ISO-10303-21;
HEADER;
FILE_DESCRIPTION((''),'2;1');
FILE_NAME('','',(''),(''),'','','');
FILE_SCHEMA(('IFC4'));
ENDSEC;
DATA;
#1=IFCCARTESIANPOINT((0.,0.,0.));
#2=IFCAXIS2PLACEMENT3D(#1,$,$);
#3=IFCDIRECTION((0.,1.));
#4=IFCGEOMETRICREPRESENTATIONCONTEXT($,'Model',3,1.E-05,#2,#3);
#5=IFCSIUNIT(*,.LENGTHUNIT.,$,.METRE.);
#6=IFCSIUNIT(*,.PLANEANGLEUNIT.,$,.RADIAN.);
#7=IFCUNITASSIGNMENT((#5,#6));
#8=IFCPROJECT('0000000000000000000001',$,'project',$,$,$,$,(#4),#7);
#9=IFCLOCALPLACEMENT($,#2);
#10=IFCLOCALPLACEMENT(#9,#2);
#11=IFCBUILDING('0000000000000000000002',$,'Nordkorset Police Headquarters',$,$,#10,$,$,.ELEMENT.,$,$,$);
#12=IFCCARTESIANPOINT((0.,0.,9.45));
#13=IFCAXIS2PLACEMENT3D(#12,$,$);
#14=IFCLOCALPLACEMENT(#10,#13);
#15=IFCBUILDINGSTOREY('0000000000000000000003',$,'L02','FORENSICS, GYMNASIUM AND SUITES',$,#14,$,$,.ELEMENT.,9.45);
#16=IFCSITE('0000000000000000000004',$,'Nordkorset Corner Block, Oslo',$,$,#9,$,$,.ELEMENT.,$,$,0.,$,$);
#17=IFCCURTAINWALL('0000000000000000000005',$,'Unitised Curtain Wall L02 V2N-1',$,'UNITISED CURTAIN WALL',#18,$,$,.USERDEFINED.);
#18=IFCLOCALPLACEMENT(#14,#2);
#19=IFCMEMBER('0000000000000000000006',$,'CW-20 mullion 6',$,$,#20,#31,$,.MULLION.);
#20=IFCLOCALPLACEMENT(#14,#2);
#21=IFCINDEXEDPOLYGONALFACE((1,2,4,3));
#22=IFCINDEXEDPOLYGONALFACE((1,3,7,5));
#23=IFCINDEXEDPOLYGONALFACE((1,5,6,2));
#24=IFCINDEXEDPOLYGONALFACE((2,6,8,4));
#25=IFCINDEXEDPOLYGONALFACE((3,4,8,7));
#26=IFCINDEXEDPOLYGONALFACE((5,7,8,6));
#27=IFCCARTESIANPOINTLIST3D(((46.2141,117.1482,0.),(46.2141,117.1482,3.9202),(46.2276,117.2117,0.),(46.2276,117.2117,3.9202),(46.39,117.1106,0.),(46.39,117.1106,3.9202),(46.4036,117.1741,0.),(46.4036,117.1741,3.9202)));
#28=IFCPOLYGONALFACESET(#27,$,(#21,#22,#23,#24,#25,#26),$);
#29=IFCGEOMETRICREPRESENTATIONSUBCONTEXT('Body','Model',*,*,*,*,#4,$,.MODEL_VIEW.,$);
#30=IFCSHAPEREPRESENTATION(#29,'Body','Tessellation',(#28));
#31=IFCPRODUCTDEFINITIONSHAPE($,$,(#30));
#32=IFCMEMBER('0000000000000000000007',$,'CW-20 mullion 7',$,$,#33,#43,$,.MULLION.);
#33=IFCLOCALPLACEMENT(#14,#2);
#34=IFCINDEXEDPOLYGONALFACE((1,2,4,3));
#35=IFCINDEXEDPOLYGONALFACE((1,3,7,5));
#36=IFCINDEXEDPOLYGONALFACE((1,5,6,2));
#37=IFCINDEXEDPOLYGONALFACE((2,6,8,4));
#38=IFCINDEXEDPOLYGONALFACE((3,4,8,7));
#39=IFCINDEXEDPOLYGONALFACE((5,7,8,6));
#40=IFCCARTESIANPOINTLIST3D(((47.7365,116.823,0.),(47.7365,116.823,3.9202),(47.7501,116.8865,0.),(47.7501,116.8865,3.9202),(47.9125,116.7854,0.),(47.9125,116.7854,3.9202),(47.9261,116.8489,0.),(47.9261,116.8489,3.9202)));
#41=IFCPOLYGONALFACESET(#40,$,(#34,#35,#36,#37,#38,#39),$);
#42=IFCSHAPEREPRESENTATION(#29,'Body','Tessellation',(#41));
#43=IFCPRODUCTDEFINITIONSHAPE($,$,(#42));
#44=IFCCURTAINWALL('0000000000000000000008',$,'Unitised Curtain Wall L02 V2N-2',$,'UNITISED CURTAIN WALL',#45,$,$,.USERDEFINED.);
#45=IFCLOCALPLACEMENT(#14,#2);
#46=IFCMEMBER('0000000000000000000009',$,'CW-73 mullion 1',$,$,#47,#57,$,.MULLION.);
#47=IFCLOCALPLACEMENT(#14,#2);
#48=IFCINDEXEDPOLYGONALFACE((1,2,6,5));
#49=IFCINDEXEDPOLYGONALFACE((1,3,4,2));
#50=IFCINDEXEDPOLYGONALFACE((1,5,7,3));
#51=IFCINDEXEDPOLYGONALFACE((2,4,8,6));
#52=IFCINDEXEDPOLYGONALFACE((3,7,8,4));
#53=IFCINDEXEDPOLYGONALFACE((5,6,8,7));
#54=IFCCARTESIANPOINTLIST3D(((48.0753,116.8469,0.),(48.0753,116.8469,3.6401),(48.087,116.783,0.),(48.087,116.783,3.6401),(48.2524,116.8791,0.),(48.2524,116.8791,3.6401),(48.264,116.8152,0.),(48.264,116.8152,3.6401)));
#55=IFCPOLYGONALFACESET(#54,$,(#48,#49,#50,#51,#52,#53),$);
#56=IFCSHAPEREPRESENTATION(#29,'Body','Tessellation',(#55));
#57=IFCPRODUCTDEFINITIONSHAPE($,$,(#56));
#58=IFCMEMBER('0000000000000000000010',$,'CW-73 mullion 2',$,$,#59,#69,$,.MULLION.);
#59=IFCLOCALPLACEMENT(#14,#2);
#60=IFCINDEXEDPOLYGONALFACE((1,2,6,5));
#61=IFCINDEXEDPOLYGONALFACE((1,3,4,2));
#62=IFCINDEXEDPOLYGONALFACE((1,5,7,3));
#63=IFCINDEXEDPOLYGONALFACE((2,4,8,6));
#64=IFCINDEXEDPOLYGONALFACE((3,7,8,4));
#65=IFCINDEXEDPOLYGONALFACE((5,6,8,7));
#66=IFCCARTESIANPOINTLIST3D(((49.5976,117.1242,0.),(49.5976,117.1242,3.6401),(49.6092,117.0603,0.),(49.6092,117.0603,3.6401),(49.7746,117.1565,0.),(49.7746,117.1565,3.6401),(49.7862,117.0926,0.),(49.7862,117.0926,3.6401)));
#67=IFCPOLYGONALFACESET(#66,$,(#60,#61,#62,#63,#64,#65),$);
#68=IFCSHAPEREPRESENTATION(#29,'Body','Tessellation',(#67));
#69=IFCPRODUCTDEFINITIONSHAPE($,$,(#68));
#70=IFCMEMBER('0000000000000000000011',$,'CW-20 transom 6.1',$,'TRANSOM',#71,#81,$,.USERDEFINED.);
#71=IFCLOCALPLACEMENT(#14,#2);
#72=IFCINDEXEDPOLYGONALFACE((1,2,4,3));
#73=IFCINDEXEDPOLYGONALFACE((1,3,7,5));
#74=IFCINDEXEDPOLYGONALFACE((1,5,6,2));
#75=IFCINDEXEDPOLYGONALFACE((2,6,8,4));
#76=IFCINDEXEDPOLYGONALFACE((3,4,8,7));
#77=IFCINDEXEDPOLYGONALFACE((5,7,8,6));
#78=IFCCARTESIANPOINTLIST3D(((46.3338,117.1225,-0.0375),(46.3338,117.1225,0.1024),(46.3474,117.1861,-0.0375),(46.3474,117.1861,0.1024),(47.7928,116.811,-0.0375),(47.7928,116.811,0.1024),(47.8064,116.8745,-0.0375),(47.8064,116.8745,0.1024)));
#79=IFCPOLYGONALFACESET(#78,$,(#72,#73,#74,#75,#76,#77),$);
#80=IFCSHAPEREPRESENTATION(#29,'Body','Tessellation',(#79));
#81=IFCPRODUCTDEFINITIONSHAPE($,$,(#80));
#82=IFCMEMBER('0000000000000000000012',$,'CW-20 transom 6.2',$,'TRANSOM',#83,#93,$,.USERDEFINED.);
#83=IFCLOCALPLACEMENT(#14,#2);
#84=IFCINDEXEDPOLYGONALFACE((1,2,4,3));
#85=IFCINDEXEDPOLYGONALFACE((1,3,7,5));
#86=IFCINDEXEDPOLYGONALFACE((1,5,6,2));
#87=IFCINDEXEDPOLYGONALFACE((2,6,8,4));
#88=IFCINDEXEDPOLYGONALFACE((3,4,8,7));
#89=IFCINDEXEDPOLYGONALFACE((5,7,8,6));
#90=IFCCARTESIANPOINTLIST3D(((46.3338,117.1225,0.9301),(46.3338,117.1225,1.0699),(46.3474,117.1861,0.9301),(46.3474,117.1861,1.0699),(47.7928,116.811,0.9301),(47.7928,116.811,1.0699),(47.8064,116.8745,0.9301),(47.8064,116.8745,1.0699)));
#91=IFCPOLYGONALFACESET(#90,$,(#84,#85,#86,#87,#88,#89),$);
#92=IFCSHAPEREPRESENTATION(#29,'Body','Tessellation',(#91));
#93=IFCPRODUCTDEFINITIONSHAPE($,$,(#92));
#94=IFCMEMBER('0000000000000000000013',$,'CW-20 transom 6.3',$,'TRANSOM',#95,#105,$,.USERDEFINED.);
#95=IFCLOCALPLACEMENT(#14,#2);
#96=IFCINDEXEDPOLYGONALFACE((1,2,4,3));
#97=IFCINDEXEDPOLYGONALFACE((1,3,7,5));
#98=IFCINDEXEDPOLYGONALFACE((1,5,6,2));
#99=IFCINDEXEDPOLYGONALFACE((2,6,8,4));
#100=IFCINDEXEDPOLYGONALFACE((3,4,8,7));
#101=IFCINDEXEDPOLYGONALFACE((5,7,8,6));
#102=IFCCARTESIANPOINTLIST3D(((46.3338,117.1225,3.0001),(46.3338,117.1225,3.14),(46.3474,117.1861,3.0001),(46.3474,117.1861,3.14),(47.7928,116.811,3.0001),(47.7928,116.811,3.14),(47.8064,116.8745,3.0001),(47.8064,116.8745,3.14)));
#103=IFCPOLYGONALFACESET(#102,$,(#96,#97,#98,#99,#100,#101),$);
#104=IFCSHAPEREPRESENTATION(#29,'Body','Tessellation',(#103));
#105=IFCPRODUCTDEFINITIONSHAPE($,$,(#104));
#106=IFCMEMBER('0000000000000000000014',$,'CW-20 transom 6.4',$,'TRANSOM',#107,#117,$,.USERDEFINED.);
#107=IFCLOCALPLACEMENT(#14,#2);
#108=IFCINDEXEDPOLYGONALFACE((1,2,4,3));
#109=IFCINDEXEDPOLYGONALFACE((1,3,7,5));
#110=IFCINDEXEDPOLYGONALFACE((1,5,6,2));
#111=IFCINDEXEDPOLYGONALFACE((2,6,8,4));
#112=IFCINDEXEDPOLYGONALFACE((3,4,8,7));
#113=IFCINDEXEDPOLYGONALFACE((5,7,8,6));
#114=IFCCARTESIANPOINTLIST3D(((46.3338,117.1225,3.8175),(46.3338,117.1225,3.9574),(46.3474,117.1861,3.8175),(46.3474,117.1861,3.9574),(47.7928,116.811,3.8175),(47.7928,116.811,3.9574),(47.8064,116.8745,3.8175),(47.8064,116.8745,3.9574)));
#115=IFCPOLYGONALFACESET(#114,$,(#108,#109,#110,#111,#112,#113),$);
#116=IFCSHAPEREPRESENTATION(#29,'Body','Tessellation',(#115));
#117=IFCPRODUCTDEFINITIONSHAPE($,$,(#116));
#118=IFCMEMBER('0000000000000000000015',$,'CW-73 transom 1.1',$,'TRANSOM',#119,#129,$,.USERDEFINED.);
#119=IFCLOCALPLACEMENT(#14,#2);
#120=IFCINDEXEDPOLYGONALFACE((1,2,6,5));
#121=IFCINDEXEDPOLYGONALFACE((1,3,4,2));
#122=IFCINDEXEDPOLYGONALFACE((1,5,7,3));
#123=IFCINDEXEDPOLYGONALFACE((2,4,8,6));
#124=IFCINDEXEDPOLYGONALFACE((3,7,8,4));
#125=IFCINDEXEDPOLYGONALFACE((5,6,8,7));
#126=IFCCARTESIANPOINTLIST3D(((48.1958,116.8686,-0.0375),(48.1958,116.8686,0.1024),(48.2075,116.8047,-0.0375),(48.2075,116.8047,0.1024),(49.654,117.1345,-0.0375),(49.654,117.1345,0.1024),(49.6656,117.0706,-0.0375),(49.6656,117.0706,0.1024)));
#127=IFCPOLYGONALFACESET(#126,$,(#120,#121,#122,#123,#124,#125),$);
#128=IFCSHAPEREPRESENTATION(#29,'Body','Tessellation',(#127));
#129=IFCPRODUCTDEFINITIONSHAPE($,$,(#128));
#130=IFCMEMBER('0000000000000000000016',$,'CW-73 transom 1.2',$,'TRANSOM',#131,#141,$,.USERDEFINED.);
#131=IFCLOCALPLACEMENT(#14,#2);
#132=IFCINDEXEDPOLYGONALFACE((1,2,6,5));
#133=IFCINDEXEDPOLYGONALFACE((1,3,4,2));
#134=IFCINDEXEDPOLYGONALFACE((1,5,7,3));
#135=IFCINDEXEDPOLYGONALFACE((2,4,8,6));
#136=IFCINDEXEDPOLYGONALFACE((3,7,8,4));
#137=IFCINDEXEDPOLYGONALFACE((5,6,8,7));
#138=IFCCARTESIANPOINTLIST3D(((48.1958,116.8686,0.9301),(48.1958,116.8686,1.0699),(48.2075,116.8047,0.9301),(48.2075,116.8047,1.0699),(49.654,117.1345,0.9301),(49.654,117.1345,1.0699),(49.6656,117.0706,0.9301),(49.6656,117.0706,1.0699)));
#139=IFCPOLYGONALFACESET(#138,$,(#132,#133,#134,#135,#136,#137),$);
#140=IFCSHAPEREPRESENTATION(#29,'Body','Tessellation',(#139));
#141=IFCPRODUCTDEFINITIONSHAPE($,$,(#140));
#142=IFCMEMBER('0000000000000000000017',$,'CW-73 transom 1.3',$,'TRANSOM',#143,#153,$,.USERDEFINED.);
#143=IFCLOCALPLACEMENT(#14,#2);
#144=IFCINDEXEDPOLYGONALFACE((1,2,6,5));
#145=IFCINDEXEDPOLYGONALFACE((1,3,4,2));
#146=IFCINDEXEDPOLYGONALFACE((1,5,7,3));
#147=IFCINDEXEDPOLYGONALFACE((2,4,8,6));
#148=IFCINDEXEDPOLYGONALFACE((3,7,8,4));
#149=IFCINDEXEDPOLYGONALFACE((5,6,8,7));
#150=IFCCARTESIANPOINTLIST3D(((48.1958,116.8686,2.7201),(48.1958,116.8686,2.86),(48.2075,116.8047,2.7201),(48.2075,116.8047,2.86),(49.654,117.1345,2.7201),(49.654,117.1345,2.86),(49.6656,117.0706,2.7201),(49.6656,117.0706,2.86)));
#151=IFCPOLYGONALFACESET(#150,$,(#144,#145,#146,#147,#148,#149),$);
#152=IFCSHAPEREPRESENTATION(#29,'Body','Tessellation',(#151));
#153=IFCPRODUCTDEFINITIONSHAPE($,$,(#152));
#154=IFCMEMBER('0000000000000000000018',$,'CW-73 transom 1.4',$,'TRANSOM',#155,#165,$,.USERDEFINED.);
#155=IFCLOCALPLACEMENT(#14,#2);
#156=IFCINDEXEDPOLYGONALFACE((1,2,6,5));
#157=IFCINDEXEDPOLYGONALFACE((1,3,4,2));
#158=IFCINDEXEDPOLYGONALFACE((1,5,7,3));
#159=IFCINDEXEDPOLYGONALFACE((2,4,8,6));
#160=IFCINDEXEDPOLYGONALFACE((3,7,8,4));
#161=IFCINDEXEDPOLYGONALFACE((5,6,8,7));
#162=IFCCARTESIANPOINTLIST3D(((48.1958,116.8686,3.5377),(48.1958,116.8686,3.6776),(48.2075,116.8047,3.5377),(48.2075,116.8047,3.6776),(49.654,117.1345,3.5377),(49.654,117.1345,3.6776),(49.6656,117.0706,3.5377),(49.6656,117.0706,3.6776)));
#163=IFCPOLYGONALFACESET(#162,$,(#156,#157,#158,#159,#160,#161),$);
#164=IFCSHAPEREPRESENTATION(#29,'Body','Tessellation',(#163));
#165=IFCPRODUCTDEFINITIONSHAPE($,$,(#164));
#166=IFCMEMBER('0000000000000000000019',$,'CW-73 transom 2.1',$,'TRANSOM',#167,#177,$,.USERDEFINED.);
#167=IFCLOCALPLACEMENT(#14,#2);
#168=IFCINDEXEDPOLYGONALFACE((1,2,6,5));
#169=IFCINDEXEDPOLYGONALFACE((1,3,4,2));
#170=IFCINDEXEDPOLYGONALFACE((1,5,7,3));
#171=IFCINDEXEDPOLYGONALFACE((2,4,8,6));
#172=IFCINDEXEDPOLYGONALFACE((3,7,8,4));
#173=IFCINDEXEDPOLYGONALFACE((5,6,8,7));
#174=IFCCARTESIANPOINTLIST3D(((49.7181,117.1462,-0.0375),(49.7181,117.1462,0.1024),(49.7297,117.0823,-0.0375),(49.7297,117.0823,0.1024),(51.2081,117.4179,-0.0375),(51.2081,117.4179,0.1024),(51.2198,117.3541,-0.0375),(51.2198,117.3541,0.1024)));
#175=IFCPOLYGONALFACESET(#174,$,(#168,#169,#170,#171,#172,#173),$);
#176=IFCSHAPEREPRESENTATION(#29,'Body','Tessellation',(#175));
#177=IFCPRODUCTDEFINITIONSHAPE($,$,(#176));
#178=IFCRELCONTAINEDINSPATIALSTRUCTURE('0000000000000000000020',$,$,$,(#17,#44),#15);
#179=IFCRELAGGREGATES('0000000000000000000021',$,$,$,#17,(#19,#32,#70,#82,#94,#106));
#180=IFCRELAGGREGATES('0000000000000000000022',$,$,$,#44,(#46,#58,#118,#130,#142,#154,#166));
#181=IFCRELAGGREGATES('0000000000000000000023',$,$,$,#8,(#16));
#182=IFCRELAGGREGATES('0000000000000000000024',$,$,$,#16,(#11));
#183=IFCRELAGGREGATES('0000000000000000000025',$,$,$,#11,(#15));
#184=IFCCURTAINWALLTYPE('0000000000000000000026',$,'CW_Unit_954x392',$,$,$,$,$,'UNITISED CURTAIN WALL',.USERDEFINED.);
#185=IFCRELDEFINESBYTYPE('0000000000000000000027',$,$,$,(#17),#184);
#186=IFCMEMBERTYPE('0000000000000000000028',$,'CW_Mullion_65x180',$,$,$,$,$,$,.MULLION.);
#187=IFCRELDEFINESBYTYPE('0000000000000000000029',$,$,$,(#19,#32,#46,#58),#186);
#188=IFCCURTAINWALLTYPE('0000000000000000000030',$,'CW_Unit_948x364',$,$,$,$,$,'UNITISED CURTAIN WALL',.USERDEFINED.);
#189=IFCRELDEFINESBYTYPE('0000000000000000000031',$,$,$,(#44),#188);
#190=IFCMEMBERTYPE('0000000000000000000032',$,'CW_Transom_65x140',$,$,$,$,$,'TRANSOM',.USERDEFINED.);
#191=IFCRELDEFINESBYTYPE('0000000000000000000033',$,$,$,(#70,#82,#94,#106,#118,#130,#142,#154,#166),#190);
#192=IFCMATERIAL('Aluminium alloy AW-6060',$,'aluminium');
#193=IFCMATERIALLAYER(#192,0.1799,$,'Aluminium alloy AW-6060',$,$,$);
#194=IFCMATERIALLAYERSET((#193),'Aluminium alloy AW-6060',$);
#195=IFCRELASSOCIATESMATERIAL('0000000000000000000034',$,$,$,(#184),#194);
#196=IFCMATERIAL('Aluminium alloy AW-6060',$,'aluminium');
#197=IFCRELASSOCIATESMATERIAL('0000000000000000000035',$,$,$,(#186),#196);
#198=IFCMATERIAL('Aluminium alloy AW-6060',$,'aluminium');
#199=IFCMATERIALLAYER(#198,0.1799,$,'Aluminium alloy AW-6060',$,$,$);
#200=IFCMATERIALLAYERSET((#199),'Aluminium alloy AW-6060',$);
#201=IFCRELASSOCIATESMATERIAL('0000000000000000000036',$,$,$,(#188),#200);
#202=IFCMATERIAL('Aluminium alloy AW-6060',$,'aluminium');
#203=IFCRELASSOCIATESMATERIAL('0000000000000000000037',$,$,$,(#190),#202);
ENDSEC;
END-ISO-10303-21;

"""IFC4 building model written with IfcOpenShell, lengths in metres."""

from ifc_helpers import new_model, si_unit, direction, frame, origin, origin_2d, place, context, subcontext, project, spatial, rectangle, extrude, material, layer, layer_set, material_profile, profile_set, type_object, element, aggregate, save


model = new_model("IFC4")

# Units and contexts
model_context = context("Model", 3, precision=1e-05, world=origin(), true_north=direction((0.0, 1.0)))
body_context = subcontext(model_context, "Body", "Model", "MODEL_VIEW")
ifc_project = project(units=[si_unit("LENGTHUNIT", "METRE"), si_unit("PLANEANGLEUNIT", "RADIAN")], contexts=[model_context])

# Site, building, storey
site_placement = place(None, origin())
site = spatial("IfcSite", under=ifc_project, at=site_placement, Name="Nordkorset Corner Block, Oslo", CompositionType="ELEMENT", RefElevation=0.0)
building_placement = place(site_placement, origin())
building = spatial("IfcBuilding", under=site, at=building_placement, Name="Nordkorset Police Headquarters", CompositionType="ELEMENT")
storey_placement = place(building_placement, frame((0.0, 0.0, 9.45)))
storey = spatial("IfcBuildingStorey", under=building, at=storey_placement, Name="L02", Description="FORENSICS, GYMNASIUM AND SUITES", CompositionType="ELEMENT", Elevation=9.45)

# Curtain walls, members
ifc_material_1 = material(Name="Aluminium alloy AW-6060", Category="aluminium")
ifc_layer_1 = layer(ifc_material_1, 0.1799, Name="Aluminium alloy AW-6060")
ifc_layer_set_1 = layer_set([ifc_layer_1], Name="Aluminium alloy AW-6060")
curtain_wall_type_1 = type_object("IfcCurtainWallType", Name="CW_Unit_954x392", ElementType="UNITISED CURTAIN WALL", PredefinedType="USERDEFINED", material=ifc_layer_set_1)
curtain_wall_1_placement = place(storey_placement, origin())
curtain_wall_1 = element("IfcCurtainWall", 1, at=curtain_wall_1_placement, inside=storey, type_object=curtain_wall_type_1, Name="Unitised Curtain Wall L02 V2N-1", ObjectType="UNITISED CURTAIN WALL", PredefinedType="USERDEFINED")
ifc_material_2 = material(Name="Aluminium alloy AW-6060", Category="aluminium")
ifc_material_profile_1 = material_profile(ifc_material_2, rectangle(XDim=0.0649, YDim=0.1799, at=origin_2d()), Name="ALU MULL 65x180")
ifc_profile_set_1 = profile_set([ifc_material_profile_1], Name="Aluminium alloy AW-6060")
member_type_1 = type_object("IfcMemberType", Name="CW_Mullion_65x180", PredefinedType="MULLION", material=ifc_profile_set_1)
member_1_placement = place(storey_placement, frame((46.3088, 117.1611, 0.0), z_axis=(0.0, 0.0, 1.0), x_axis=(0.208833, 0.977951, 0.0)))
member_1 = element("IfcMember", 2, at=member_1_placement, type_object=member_type_1, Name="CW-20 mullion 6", PredefinedType="MULLION", context=body_context, shape_type="SweptSolid", body=[
    extrude(rectangle(XDim=0.0649, YDim=0.1799, at=origin_2d()), origin(), (0.0, 0.0, 1.0), 3.9202),
])
member_2_placement = place(storey_placement, frame((47.8313, 116.8359, 0.0), z_axis=(0.0, 0.0, 1.0), x_axis=(0.208833, 0.977951, 0.0)))
member_2 = element("IfcMember", 3, at=member_2_placement, type_object=member_type_1, Name="CW-20 mullion 7", PredefinedType="MULLION", context=body_context, shape_type="SweptSolid", body=[
    extrude(rectangle(XDim=0.0649, YDim=0.1799, at=origin_2d()), origin(), (0.0, 0.0, 1.0), 3.9202),
])
ifc_material_3 = material(Name="Aluminium alloy AW-6060", Category="aluminium")
ifc_layer_2 = layer(ifc_material_3, 0.1799, Name="Aluminium alloy AW-6060")
ifc_layer_set_2 = layer_set([ifc_layer_2], Name="Aluminium alloy AW-6060")
curtain_wall_type_2 = type_object("IfcCurtainWallType", Name="CW_Unit_948x364", ElementType="UNITISED CURTAIN WALL", PredefinedType="USERDEFINED", material=ifc_layer_set_2)
curtain_wall_2_placement = place(storey_placement, origin())
curtain_wall_2 = element("IfcCurtainWall", 4, at=curtain_wall_2_placement, inside=storey, type_object=curtain_wall_type_2, Name="Unitised Curtain Wall L02 V2N-2", ObjectType="UNITISED CURTAIN WALL", PredefinedType="USERDEFINED")
member_3_placement = place(storey_placement, frame((48.1697, 116.8311, 0.0), z_axis=(0.0, 0.0, 1.0), x_axis=(-0.179336, 0.983788, 0.0)))
member_3 = element("IfcMember", 5, at=member_3_placement, type_object=member_type_1, Name="CW-73 mullion 1", PredefinedType="MULLION", context=body_context, shape_type="SweptSolid", body=[
    extrude(rectangle(XDim=0.0649, YDim=0.1799, at=origin_2d()), origin(), (0.0, 0.0, 1.0), 3.6401),
])
member_4_placement = place(storey_placement, frame((49.6919, 117.1084, 0.0), z_axis=(0.0, 0.0, 1.0), x_axis=(-0.179336, 0.983788, 0.0)))
member_4 = element("IfcMember", 6, at=member_4_placement, type_object=member_type_1, Name="CW-73 mullion 2", PredefinedType="MULLION", context=body_context, shape_type="SweptSolid", body=[
    extrude(rectangle(XDim=0.0649, YDim=0.1799, at=origin_2d()), origin(), (0.0, 0.0, 1.0), 3.6401),
])

# Members
ifc_material_4 = material(Name="Aluminium alloy AW-6060", Category="aluminium")
ifc_material_profile_2 = material_profile(ifc_material_4, rectangle(XDim=0.0649, YDim=0.1399, at=origin_2d()), Name="ALU TRAN 65x140")
ifc_profile_set_2 = profile_set([ifc_material_profile_2], Name="Aluminium alloy AW-6060")
member_type_2 = type_object("IfcMemberType", Name="CW_Transom_65x140", ElementType="TRANSOM", PredefinedType="USERDEFINED", material=ifc_profile_set_2)
member_5_placement = place(storey_placement, frame((46.3406, 117.1543, 0.0325), z_axis=(0.977955, -0.208814, 0.0), x_axis=(0.208814, 0.977955, 0.0)))
member_5 = element("IfcMember", 7, at=member_5_placement, type_object=member_type_2, Name="CW-20 transom 6.1", ObjectType="TRANSOM", PredefinedType="USERDEFINED", context=body_context, shape_type="SweptSolid", body=[
    extrude(rectangle(XDim=0.0649, YDim=0.1399, at=origin_2d()), origin(), (0.0, 0.0, 1.0), 1.4919),
])
member_6_placement = place(storey_placement, frame((46.3406, 117.1543, 1.0), z_axis=(0.977955, -0.208814, 0.0), x_axis=(0.208814, 0.977955, 0.0)))
member_6 = element("IfcMember", 8, at=member_6_placement, type_object=member_type_2, Name="CW-20 transom 6.2", ObjectType="TRANSOM", PredefinedType="USERDEFINED", context=body_context, shape_type="SweptSolid", body=[
    extrude(rectangle(XDim=0.0649, YDim=0.1399, at=origin_2d()), origin(), (0.0, 0.0, 1.0), 1.4919),
])
member_7_placement = place(storey_placement, frame((46.3406, 117.1543, 3.0701), z_axis=(0.977955, -0.208814, 0.0), x_axis=(0.208814, 0.977955, 0.0)))
member_7 = element("IfcMember", 9, at=member_7_placement, type_object=member_type_2, Name="CW-20 transom 6.3", ObjectType="TRANSOM", PredefinedType="USERDEFINED", context=body_context, shape_type="SweptSolid", body=[
    extrude(rectangle(XDim=0.0649, YDim=0.1399, at=origin_2d()), origin(), (0.0, 0.0, 1.0), 1.4919),
])
member_8_placement = place(storey_placement, frame((46.3406, 117.1543, 3.8875), z_axis=(0.977955, -0.208814, 0.0), x_axis=(0.208814, 0.977955, 0.0)))
member_8 = element("IfcMember", 10, at=member_8_placement, type_object=member_type_2, Name="CW-20 transom 6.4", ObjectType="TRANSOM", PredefinedType="USERDEFINED", context=body_context, shape_type="SweptSolid", body=[
    extrude(rectangle(XDim=0.0649, YDim=0.1399, at=origin_2d()), origin(), (0.0, 0.0, 1.0), 1.4919),
])
member_9_placement = place(storey_placement, frame((48.2017, 116.8367, 0.0325), z_axis=(0.983783, 0.179364, 0.0), x_axis=(-0.179364, 0.983783, 0.0)))
member_9 = element("IfcMember", 11, at=member_9_placement, type_object=member_type_2, Name="CW-73 transom 1.1", ObjectType="TRANSOM", PredefinedType="USERDEFINED", context=body_context, shape_type="SweptSolid", body=[
    extrude(rectangle(XDim=0.0649, YDim=0.1399, at=origin_2d()), origin(), (0.0, 0.0, 1.0), 1.4822),
])
member_10_placement = place(storey_placement, frame((48.2017, 116.8367, 1.0), z_axis=(0.983783, 0.179364, 0.0), x_axis=(-0.179364, 0.983783, 0.0)))
member_10 = element("IfcMember", 12, at=member_10_placement, type_object=member_type_2, Name="CW-73 transom 1.2", ObjectType="TRANSOM", PredefinedType="USERDEFINED", context=body_context, shape_type="SweptSolid", body=[
    extrude(rectangle(XDim=0.0649, YDim=0.1399, at=origin_2d()), origin(), (0.0, 0.0, 1.0), 1.4822),
])
member_11_placement = place(storey_placement, frame((48.2017, 116.8367, 2.79), z_axis=(0.983783, 0.179364, 0.0), x_axis=(-0.179364, 0.983783, 0.0)))
member_11 = element("IfcMember", 13, at=member_11_placement, type_object=member_type_2, Name="CW-73 transom 1.3", ObjectType="TRANSOM", PredefinedType="USERDEFINED", context=body_context, shape_type="SweptSolid", body=[
    extrude(rectangle(XDim=0.0649, YDim=0.1399, at=origin_2d()), origin(), (0.0, 0.0, 1.0), 1.4822),
])
member_12_placement = place(storey_placement, frame((48.2017, 116.8367, 3.6077), z_axis=(0.983783, 0.179364, 0.0), x_axis=(-0.179364, 0.983783, 0.0)))
member_12 = element("IfcMember", 14, at=member_12_placement, type_object=member_type_2, Name="CW-73 transom 1.4", ObjectType="TRANSOM", PredefinedType="USERDEFINED", context=body_context, shape_type="SweptSolid", body=[
    extrude(rectangle(XDim=0.0649, YDim=0.1399, at=origin_2d()), origin(), (0.0, 0.0, 1.0), 1.4822),
])
member_13_placement = place(storey_placement, frame((49.7239, 117.1143, 0.0325), z_axis=(0.983774, 0.17941, 0.0), x_axis=(-0.17941, 0.983774, 0.0)))
member_13 = element("IfcMember", 15, at=member_13_placement, type_object=member_type_2, Name="CW-73 transom 2.1", ObjectType="TRANSOM", PredefinedType="USERDEFINED", context=body_context, shape_type="SweptSolid", body=[
    extrude(rectangle(XDim=0.0649, YDim=0.1399, at=origin_2d()), origin(), (0.0, 0.0, 1.0), 1.5146),
])

aggregate(curtain_wall_1, [member_1, member_2, member_5, member_6, member_7, member_8])
aggregate(curtain_wall_2, [member_3, member_4, member_9, member_10, member_11, member_12, member_13])

save(model, "model.ifc")
